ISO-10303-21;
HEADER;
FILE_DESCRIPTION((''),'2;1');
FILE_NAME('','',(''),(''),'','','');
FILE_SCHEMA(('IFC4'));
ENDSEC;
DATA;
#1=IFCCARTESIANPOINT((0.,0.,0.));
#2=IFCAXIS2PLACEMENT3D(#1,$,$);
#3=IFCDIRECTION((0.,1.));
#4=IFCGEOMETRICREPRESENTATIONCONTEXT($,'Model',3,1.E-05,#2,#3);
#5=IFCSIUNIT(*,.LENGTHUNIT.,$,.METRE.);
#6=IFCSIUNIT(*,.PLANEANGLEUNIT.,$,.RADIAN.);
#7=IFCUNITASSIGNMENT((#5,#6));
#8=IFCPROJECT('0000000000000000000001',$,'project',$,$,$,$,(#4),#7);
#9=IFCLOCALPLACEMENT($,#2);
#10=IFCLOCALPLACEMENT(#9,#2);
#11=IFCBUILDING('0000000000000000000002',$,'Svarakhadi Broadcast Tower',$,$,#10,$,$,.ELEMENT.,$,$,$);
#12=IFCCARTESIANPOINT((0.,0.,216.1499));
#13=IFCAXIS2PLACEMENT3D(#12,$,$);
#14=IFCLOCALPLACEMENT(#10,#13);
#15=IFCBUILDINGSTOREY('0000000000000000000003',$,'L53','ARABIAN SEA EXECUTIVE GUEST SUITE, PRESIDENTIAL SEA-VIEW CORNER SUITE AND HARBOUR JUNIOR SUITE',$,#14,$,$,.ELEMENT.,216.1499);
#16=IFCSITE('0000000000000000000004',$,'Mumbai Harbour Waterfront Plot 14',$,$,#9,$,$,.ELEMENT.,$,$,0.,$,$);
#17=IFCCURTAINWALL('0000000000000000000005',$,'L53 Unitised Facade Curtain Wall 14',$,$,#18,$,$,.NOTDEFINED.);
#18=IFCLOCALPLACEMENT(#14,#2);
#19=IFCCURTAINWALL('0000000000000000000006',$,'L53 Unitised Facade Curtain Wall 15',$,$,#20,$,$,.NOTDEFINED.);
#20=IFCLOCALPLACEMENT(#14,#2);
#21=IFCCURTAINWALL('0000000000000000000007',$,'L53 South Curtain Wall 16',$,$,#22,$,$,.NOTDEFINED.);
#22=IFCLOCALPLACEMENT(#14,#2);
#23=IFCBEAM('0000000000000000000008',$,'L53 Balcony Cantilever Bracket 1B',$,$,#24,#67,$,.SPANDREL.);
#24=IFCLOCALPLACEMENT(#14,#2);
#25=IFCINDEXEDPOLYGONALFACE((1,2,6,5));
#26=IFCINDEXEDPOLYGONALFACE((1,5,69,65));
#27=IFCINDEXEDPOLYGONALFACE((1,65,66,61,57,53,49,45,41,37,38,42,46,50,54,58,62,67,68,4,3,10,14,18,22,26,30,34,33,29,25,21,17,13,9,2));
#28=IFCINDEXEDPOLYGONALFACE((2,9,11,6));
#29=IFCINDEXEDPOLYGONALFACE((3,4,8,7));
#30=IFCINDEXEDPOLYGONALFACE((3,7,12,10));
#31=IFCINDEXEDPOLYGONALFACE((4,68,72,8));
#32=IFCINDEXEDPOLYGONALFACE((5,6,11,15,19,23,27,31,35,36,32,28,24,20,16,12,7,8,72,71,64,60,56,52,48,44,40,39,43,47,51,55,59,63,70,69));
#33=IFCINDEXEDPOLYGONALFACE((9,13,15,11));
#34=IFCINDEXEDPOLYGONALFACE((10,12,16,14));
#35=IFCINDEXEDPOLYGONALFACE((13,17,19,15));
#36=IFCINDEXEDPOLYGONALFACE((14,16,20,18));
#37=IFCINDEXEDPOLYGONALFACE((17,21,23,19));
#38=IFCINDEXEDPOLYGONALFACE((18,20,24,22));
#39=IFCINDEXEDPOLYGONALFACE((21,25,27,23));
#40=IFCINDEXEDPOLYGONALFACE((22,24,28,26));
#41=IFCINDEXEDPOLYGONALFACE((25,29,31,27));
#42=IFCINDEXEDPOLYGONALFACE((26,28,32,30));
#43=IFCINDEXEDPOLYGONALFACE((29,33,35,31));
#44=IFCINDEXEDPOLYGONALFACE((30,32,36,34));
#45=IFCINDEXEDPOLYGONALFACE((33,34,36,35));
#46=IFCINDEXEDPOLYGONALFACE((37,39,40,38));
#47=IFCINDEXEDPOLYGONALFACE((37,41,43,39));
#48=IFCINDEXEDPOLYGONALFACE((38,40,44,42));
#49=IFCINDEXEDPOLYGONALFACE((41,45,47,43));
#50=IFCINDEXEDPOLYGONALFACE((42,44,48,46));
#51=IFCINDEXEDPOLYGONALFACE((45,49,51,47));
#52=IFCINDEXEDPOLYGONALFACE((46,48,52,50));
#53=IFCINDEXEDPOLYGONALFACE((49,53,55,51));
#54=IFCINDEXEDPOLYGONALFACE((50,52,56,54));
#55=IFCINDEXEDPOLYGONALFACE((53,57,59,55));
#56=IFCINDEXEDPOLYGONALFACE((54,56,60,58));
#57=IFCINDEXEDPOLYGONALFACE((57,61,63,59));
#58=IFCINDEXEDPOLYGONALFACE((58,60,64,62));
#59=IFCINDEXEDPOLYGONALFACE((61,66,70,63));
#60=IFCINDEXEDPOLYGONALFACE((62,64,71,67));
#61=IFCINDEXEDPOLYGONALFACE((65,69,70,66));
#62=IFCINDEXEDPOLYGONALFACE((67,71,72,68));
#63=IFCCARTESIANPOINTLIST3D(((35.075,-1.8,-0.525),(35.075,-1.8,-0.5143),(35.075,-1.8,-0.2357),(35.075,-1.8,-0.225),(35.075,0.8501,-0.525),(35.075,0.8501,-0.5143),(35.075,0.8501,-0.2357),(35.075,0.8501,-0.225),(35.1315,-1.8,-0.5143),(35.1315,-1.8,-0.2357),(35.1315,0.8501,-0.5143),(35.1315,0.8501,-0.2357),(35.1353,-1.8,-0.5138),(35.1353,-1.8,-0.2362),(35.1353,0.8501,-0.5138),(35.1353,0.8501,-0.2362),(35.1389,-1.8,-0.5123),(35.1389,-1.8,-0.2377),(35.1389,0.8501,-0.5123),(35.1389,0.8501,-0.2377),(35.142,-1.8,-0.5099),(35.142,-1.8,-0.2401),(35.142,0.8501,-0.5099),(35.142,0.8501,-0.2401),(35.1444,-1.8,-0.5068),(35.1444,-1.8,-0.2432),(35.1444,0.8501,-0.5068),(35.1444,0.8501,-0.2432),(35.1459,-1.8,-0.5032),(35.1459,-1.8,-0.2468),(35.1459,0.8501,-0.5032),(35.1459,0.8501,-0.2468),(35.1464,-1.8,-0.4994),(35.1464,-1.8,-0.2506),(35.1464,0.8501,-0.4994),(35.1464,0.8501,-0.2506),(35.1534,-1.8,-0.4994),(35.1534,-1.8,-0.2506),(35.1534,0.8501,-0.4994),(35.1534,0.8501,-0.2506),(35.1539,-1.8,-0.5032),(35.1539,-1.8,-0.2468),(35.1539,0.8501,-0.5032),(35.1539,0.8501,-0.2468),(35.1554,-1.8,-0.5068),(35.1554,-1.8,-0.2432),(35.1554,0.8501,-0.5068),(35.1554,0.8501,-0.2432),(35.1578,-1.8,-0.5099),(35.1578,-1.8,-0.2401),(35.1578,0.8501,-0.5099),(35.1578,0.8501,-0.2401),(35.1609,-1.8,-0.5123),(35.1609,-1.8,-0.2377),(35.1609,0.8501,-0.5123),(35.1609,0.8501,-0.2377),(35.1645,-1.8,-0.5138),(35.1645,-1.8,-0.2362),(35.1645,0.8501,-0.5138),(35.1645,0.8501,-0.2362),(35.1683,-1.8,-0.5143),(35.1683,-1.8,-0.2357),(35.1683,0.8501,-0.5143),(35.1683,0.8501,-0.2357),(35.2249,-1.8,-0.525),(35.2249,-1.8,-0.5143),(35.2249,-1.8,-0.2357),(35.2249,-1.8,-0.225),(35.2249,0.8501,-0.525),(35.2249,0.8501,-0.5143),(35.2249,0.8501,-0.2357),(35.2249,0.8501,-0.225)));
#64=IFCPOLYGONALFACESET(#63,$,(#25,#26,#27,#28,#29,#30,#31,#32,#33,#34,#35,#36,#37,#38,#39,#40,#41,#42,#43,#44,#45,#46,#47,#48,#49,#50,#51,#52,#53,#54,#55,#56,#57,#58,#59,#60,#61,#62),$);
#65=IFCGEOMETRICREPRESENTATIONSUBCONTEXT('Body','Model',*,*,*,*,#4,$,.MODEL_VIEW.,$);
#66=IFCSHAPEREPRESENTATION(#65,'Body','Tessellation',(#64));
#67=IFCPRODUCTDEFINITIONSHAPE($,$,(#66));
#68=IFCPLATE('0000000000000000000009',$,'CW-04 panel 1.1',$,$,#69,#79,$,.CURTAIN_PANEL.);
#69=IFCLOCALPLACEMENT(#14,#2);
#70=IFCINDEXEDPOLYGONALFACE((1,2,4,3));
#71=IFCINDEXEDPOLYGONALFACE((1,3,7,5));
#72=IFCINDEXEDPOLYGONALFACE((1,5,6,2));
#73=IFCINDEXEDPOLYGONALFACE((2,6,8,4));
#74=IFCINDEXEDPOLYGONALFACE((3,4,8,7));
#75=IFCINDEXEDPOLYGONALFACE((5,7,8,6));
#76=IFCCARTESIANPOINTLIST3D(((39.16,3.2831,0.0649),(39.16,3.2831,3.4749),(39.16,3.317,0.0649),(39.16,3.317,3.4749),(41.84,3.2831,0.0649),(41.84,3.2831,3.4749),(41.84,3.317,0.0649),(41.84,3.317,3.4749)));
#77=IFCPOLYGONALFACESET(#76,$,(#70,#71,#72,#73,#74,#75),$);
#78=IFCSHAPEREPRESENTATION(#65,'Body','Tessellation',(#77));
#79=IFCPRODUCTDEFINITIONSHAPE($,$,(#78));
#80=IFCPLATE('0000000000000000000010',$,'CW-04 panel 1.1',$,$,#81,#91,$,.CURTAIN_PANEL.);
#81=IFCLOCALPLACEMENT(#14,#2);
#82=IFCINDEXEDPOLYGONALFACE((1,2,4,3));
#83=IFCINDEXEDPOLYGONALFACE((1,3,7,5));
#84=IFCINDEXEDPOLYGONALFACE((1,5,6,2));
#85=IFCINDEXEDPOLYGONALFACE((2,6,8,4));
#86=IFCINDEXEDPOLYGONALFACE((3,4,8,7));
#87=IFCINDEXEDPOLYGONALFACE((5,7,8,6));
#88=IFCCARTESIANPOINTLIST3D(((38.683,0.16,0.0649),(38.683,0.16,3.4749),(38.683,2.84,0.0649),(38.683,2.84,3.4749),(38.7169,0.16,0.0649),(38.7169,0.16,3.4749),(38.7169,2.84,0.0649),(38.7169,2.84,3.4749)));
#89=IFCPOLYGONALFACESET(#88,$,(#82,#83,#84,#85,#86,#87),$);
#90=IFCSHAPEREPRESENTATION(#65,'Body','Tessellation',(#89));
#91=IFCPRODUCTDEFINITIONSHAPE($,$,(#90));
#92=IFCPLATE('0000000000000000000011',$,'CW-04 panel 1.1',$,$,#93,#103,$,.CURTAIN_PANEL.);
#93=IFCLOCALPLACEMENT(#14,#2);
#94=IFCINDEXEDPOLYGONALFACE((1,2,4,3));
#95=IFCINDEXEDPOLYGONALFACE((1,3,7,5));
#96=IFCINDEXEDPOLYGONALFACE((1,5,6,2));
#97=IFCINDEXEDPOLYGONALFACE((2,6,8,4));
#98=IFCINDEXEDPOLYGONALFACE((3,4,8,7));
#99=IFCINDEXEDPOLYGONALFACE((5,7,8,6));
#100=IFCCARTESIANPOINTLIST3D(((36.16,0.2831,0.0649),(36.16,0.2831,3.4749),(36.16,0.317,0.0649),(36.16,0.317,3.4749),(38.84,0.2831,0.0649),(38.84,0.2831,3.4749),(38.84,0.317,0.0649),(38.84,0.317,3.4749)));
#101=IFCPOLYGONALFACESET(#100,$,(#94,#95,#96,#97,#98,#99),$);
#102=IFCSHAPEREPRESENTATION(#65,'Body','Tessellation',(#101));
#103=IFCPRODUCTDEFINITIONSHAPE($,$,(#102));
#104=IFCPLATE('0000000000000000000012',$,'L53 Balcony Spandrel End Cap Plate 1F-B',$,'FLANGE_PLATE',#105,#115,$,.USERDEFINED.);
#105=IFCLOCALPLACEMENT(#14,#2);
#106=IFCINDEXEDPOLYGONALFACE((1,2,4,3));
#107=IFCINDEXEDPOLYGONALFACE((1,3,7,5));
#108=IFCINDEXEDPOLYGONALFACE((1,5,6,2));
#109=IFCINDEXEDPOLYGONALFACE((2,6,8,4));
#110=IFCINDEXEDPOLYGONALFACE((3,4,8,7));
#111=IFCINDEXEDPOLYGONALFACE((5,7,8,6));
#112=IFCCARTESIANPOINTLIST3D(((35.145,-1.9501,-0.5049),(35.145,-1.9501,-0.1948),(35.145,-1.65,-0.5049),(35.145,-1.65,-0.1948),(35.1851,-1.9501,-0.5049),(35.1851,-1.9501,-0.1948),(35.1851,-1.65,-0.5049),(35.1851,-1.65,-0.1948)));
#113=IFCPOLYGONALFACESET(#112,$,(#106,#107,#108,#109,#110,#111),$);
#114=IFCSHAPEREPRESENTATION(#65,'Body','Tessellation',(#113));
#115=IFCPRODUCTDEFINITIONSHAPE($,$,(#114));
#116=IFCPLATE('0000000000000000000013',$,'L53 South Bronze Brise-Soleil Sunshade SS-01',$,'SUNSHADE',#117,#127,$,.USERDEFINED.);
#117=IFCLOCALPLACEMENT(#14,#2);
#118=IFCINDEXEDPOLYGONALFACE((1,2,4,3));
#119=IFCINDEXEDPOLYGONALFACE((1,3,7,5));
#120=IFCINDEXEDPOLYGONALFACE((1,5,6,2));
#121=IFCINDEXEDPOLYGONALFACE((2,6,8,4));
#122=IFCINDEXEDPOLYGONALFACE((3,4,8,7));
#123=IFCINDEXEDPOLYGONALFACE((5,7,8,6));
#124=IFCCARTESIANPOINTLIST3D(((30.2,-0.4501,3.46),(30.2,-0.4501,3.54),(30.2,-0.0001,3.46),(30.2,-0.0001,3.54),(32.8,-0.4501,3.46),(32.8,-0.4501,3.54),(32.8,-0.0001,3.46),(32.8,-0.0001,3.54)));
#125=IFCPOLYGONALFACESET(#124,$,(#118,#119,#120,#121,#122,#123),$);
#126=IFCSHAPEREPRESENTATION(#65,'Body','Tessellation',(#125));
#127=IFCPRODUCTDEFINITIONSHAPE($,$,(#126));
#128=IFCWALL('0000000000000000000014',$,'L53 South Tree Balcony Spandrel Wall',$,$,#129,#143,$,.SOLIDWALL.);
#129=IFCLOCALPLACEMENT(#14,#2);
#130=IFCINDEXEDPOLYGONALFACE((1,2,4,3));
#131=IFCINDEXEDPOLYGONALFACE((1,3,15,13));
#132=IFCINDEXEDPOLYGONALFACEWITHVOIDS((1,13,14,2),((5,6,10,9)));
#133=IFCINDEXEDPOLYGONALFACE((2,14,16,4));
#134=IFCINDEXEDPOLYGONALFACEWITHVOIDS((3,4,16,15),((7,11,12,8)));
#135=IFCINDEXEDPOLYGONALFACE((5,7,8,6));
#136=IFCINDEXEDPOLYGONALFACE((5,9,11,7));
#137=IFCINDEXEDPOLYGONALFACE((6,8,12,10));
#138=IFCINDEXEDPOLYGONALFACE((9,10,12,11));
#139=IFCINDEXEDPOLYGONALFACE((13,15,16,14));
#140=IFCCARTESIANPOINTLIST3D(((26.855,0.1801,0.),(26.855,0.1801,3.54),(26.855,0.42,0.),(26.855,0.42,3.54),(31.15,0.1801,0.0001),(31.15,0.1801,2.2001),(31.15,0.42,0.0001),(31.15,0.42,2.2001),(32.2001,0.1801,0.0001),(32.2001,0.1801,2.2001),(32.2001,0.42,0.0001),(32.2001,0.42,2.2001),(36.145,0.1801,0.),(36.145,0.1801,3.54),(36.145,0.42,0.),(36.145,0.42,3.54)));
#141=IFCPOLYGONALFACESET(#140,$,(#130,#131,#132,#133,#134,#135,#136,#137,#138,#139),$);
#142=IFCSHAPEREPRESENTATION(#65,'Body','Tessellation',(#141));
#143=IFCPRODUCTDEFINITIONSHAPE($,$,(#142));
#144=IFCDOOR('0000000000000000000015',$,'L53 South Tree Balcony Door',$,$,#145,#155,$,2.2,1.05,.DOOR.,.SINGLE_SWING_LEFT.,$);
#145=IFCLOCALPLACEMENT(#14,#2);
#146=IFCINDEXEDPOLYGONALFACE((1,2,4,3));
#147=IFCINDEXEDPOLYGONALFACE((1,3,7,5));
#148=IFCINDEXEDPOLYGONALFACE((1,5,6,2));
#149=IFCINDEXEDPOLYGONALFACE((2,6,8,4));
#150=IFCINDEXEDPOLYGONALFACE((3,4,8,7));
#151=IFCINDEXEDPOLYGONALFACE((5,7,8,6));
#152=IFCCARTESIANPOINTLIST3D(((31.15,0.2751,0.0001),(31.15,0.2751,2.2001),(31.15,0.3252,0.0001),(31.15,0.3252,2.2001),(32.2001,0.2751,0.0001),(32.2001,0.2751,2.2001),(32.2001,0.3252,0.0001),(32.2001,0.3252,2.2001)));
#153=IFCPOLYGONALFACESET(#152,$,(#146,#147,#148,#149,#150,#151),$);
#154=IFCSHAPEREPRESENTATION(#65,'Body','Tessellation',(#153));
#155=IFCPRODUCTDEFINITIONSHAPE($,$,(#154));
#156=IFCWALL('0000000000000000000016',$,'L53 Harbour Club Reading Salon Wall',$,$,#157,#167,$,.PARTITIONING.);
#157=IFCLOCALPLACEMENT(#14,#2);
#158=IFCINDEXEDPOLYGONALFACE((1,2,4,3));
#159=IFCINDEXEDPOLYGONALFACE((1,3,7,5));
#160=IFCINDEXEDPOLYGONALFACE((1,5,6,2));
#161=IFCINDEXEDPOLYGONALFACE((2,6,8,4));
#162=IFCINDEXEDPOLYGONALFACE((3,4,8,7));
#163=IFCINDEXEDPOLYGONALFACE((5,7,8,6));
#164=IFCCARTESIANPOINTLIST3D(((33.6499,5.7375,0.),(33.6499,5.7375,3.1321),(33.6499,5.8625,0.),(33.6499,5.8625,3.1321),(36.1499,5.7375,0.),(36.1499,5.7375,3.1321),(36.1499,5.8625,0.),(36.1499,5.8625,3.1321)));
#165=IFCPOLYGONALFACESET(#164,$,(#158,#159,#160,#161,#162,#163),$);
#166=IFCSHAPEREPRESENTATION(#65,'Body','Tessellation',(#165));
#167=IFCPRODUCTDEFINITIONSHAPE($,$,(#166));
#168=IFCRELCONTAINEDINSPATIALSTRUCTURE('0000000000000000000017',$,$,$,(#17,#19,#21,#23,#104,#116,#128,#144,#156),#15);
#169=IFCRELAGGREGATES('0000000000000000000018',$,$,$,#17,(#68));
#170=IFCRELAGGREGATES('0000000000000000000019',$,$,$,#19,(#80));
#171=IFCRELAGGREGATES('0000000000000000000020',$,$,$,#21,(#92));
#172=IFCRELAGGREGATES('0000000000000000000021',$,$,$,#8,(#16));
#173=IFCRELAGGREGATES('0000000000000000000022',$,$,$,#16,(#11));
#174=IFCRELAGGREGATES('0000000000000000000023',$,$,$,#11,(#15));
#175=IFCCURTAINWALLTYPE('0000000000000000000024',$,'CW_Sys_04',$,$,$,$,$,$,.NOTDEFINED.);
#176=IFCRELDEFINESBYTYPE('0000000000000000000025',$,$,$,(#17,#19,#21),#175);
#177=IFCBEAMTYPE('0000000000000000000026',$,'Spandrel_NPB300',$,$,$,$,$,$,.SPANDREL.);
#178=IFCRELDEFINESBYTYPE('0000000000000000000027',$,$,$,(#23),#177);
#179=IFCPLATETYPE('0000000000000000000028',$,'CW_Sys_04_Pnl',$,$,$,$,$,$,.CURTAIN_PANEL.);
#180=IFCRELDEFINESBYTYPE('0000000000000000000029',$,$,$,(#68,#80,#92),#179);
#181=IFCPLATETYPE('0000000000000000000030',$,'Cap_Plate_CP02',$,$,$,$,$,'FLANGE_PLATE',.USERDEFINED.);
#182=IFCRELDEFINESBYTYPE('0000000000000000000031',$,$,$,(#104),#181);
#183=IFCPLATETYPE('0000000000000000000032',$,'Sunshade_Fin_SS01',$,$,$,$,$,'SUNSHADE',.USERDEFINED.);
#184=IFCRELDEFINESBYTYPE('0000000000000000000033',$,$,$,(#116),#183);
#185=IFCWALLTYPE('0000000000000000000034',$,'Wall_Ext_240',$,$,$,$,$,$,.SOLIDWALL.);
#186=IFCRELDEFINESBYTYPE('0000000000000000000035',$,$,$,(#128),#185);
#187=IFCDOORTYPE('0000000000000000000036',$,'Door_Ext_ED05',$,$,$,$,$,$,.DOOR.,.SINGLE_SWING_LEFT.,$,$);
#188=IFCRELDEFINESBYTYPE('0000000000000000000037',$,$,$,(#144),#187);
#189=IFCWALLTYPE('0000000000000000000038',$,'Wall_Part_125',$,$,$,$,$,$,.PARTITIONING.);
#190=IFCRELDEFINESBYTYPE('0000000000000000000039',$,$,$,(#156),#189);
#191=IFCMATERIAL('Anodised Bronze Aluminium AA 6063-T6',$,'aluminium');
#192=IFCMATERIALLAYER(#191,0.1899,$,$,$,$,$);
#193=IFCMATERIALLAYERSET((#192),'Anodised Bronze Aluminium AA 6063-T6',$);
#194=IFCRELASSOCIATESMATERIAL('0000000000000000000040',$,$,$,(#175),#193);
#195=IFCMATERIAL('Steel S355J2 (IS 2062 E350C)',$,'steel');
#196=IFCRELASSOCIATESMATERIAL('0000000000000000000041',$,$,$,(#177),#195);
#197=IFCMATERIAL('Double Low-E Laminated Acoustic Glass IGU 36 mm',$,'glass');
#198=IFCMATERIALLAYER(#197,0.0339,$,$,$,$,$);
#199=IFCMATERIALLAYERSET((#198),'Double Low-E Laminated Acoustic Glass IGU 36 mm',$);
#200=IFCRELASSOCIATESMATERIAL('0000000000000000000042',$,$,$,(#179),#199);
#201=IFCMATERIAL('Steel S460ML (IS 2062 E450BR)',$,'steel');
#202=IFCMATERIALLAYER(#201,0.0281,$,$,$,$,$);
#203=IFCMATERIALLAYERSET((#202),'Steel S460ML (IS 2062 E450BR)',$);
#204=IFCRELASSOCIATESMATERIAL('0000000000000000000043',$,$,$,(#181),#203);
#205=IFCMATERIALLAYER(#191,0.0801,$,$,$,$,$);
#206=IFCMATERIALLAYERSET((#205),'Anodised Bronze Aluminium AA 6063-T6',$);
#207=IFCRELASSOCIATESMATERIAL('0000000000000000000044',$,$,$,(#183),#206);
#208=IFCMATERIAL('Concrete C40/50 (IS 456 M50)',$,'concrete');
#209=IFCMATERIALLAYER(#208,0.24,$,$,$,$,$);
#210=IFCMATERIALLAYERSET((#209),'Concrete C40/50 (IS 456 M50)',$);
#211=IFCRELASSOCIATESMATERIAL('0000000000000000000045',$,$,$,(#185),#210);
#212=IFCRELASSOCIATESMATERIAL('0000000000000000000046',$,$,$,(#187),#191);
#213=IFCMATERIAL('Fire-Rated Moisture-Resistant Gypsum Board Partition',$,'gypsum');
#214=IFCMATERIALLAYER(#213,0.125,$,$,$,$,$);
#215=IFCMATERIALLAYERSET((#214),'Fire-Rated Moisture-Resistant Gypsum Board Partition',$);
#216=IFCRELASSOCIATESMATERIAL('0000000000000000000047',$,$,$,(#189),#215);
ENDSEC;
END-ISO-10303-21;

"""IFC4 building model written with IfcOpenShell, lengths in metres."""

from ifc_helpers import new_model, si_unit, direction, frame, frame_2d, origin, origin_2d, place, context, subcontext, project, spatial, rectangle, i_section, extrude, material, layer, layer_set, material_profile, profile_set, type_object, element, fill, aggregate, save


model = new_model("IFC4")

# Units and contexts
model_context = context("Model", 3, precision=1e-05, world=origin(), true_north=direction((0.0, 1.0)))
body_context = subcontext(model_context, "Body", "Model", "MODEL_VIEW")
ifc_project = project(units=[si_unit("LENGTHUNIT", "METRE"), si_unit("PLANEANGLEUNIT", "RADIAN")], contexts=[model_context])

# Site, building, storey
site_placement = place(None, origin())
site = spatial("IfcSite", under=ifc_project, at=site_placement, Name="Mumbai Harbour Waterfront Plot 14", CompositionType="ELEMENT", RefElevation=0.0)
building_placement = place(site_placement, origin())
building = spatial("IfcBuilding", under=site, at=building_placement, Name="Svarakhadi Broadcast Tower", CompositionType="ELEMENT")
storey_placement = place(building_placement, frame((0.0, 0.0, 216.1499)))
storey = spatial("IfcBuildingStorey", under=building, at=storey_placement, Name="L53", Description="ARABIAN SEA EXECUTIVE GUEST SUITE, PRESIDENTIAL SEA-VIEW CORNER SUITE AND HARBOUR JUNIOR SUITE", CompositionType="ELEMENT", Elevation=216.1499)

# Shared definitions
ifc_material_1 = material(Name="Anodised Bronze Aluminium AA 6063-T6", Category="aluminium")
ifc_layer_1 = layer(ifc_material_1, 0.1899)
ifc_layer_set_1 = layer_set([ifc_layer_1], Name="Anodised Bronze Aluminium AA 6063-T6")
curtain_wall_type = type_object("IfcCurtainWallType", Name="CW_Sys_04", PredefinedType="NOTDEFINED", material=ifc_layer_set_1)

# Curtain walls
curtain_wall_1_placement = place(storey_placement, origin())
curtain_wall_1 = element("IfcCurtainWall", 1, at=curtain_wall_1_placement, inside=storey, type_object=curtain_wall_type, Name="L53 Unitised Facade Curtain Wall 14", PredefinedType="NOTDEFINED")
curtain_wall_2_placement = place(storey_placement, origin())
curtain_wall_2 = element("IfcCurtainWall", 2, at=curtain_wall_2_placement, inside=storey, type_object=curtain_wall_type, Name="L53 Unitised Facade Curtain Wall 15", PredefinedType="NOTDEFINED")
curtain_wall_3_placement = place(storey_placement, origin())
curtain_wall_3 = element("IfcCurtainWall", 3, at=curtain_wall_3_placement, inside=storey, type_object=curtain_wall_type, Name="L53 South Curtain Wall 16", PredefinedType="NOTDEFINED")

# Beam
ifc_material_2 = material(Name="Steel S355J2 (IS 2062 E350C)", Category="steel")
ifc_material_profile_1 = material_profile(ifc_material_2, i_section(OverallWidth=0.1499, OverallDepth=0.3, WebThickness=0.0071, FlangeThickness=0.0107, FilletRadius=0.0149, at=origin_2d()), Name="NPB 300x150x37")
ifc_profile_set_1 = profile_set([ifc_material_profile_1], Name="Steel S355J2 (IS 2062 E350C)")
beam_type_1 = type_object("IfcBeamType", Name="Spandrel_NPB300", PredefinedType="SPANDREL", material=ifc_profile_set_1)
for number, where, z_axis, x_axis, name in (
    (4, (35.1499, 0.8501, -0.375), (0.0, -1.0, 0.0), (1.0, 0.0, 0.0), "L53 Balcony Cantilever Bracket 1B"),
):
    element("IfcBeam", number, at=place(storey_placement, frame(where, z_axis=z_axis, x_axis=x_axis)), inside=storey, type_object=beam_type_1, Name=name, PredefinedType="SPANDREL", context=body_context, shape_type="SweptSolid", body=[
        extrude(i_section(OverallWidth=0.1499, OverallDepth=0.3, WebThickness=0.0071, FlangeThickness=0.0107, FilletRadius=0.0149, at=origin_2d()), origin(), (0.0, 0.0, 1.0), 2.6501),
    ])

# Plates
ifc_material_3 = material(Name="Double Low-E Laminated Acoustic Glass IGU 36 mm", Category="glass")
ifc_layer_2 = layer(ifc_material_3, 0.0339)
ifc_layer_set_2 = layer_set([ifc_layer_2], Name="Double Low-E Laminated Acoustic Glass IGU 36 mm")
plate_type_1 = type_object("IfcPlateType", Name="CW_Sys_04_Pnl", PredefinedType="CURTAIN_PANEL", material=ifc_layer_set_2)
plate_1_placement = place(storey_placement, frame((40.5, 3.3, 0.0649), z_axis=(0.0, 0.0, 1.0), x_axis=(-1.0, 0.0, 0.0)))
plate_1 = element("IfcPlate", 5, at=plate_1_placement, type_object=plate_type_1, Name="CW-04 panel 1.1", PredefinedType="CURTAIN_PANEL", context=body_context, shape_type="SweptSolid", body=[
    extrude(rectangle(XDim=2.6799, YDim=0.0339, at=origin_2d()), origin(), (0.0, 0.0, 1.0), 3.4099),
])
aggregate(curtain_wall_1, [plate_1])
plate_2_placement = place(storey_placement, frame((38.7, 1.5, 0.0649), z_axis=(0.0, 0.0, 1.0), x_axis=(0.0, -1.0, 0.0)))
plate_2 = element("IfcPlate", 6, at=plate_2_placement, type_object=plate_type_1, Name="CW-04 panel 1.1", PredefinedType="CURTAIN_PANEL", context=body_context, shape_type="SweptSolid", body=[
    extrude(rectangle(XDim=2.6799, YDim=0.0339, at=origin_2d()), origin(), (0.0, 0.0, 1.0), 3.4099),
])
aggregate(curtain_wall_2, [plate_2])
plate_3_placement = place(storey_placement, frame((37.5, 0.3, 0.0649), z_axis=(0.0, 0.0, 1.0), x_axis=(-1.0, 0.0, 0.0)))
plate_3 = element("IfcPlate", 7, at=plate_3_placement, type_object=plate_type_1, Name="CW-04 panel 1.1", PredefinedType="CURTAIN_PANEL", context=body_context, shape_type="SweptSolid", body=[
    extrude(rectangle(XDim=2.6799, YDim=0.0339, at=origin_2d()), origin(), (0.0, 0.0, 1.0), 3.4099),
])
aggregate(curtain_wall_3, [plate_3])

# Plates
ifc_material_4 = material(Name="Steel S460ML (IS 2062 E450BR)", Category="steel")
ifc_layer_3 = layer(ifc_material_4, 0.0281)
ifc_layer_set_3 = layer_set([ifc_layer_3], Name="Steel S460ML (IS 2062 E450BR)")
plate_type_2 = type_object("IfcPlateType", Name="Cap_Plate_CP02", ElementType="FLANGE_PLATE", PredefinedType="USERDEFINED", material=ifc_layer_set_3)
plate_4_placement = place(storey_placement, frame((35.165, -1.8, -0.5049), z_axis=(0.0, 0.0, 1.0), x_axis=(1.0, 0.0, 0.0)))
element("IfcPlate", 8, at=plate_4_placement, inside=storey, type_object=plate_type_2, Name="L53 Balcony Spandrel End Cap Plate 1F-B", ObjectType="FLANGE_PLATE", PredefinedType="USERDEFINED", context=body_context, shape_type="SweptSolid", body=[
    extrude(rectangle(XDim=0.04, YDim=0.3, at=origin_2d()), origin(), (0.0, 0.0, 1.0), 0.3101),
])
ifc_layer_4 = layer(ifc_material_1, 0.0801)
ifc_layer_set_4 = layer_set([ifc_layer_4], Name="Anodised Bronze Aluminium AA 6063-T6")
plate_type_3 = type_object("IfcPlateType", Name="Sunshade_Fin_SS01", ElementType="SUNSHADE", PredefinedType="USERDEFINED", material=ifc_layer_set_4)
plate_5_placement = place(storey_placement, frame((31.5, -0.2251, 3.46), z_axis=(0.0, 0.0, 1.0), x_axis=(1.0, 0.0, 0.0)))
element("IfcPlate", 9, at=plate_5_placement, inside=storey, type_object=plate_type_3, Name="L53 South Bronze Brise-Soleil Sunshade SS-01", ObjectType="SUNSHADE", PredefinedType="USERDEFINED", context=body_context, shape_type="SweptSolid", body=[
    extrude(rectangle(XDim=2.6001, YDim=0.45, at=origin_2d()), origin(), (0.0, 0.0, 1.0), 0.0801),
])

# Wall, opening, door
ifc_material_5 = material(Name="Concrete C40/50 (IS 456 M50)", Category="concrete")
ifc_layer_5 = layer(ifc_material_5, 0.24)
ifc_layer_set_5 = layer_set([ifc_layer_5], Name="Concrete C40/50 (IS 456 M50)")
wall_type_1 = type_object("IfcWallType", Name="Wall_Ext_240", PredefinedType="SOLIDWALL", material=ifc_layer_set_5)
wall_1_placement = place(storey_placement, frame((36.145, 0.3, 0.0), z_axis=(0.0, 0.0, 1.0), x_axis=(-1.0, 0.0, 0.0)))
wall_1 = element("IfcWall", 10, at=wall_1_placement, inside=storey, type_object=wall_type_1, Name="L53 South Tree Balcony Spandrel Wall", PredefinedType="SOLIDWALL", context=body_context, shape_type="SweptSolid", body=[
    extrude(rectangle(XDim=9.29, YDim=0.24, at=frame_2d((4.645, 0.0))), origin(), (0.0, 0.0, 1.0), 3.54),
])
opening_placement = place(wall_1_placement, frame((3.9451, 0.0, 0.0)))
opening = element("IfcOpeningElement", 11, at=opening_placement, cuts=wall_1, PredefinedType="OPENING", context=body_context, shape_type="SweptSolid", body=[
    extrude(rectangle(XDim=1.05, YDim=2.2, at=frame_2d((0.5249, 1.1001))), frame((0.0, 0.1299, 0.0), z_axis=(0.0, -1.0, 0.0), x_axis=(1.0, 0.0, 0.0)), (0.0, 0.0, 1.0), 0.26),
])
door_type = type_object("IfcDoorType", Name="Door_Ext_ED05", OperationType="SINGLE_SWING_LEFT", PredefinedType="DOOR", material=ifc_material_1)
door_placement = place(opening_placement, origin())
door = element("IfcDoor", 12, at=door_placement, inside=storey, type_object=door_type, Name="L53 South Tree Balcony Door", OperationType="SINGLE_SWING_LEFT", OverallHeight=2.2, OverallWidth=1.05, PredefinedType="DOOR", context=body_context, shape_type="SweptSolid", body=[
    extrude(rectangle(XDim=1.05, YDim=2.2, at=frame_2d((0.5249, 1.1001))), frame((0.0, 0.0249, 0.0), z_axis=(0.0, -1.0, 0.0), x_axis=(1.0, 0.0, 0.0)), (0.0, 0.0, 1.0), 0.05),
])
fill(opening, door)

# Wall
ifc_material_6 = material(Name="Fire-Rated Moisture-Resistant Gypsum Board Partition", Category="gypsum")
ifc_layer_6 = layer(ifc_material_6, 0.125)
ifc_layer_set_6 = layer_set([ifc_layer_6], Name="Fire-Rated Moisture-Resistant Gypsum Board Partition")
wall_type_2 = type_object("IfcWallType", Name="Wall_Part_125", PredefinedType="PARTITIONING", material=ifc_layer_set_6)
wall_2_placement = place(storey_placement, frame((33.6499, 5.8, 0.0), z_axis=(0.0, 0.0, 1.0), x_axis=(1.0, 0.0, 0.0)))
element("IfcWall", 13, at=wall_2_placement, inside=storey, type_object=wall_type_2, Name="L53 Harbour Club Reading Salon Wall", PredefinedType="PARTITIONING", context=body_context, shape_type="SweptSolid", body=[
    extrude(rectangle(XDim=2.5, YDim=0.125, at=frame_2d((1.25, 0.0))), origin(), (0.0, 0.0, 1.0), 3.1321),
])

save(model, "model.ifc")
